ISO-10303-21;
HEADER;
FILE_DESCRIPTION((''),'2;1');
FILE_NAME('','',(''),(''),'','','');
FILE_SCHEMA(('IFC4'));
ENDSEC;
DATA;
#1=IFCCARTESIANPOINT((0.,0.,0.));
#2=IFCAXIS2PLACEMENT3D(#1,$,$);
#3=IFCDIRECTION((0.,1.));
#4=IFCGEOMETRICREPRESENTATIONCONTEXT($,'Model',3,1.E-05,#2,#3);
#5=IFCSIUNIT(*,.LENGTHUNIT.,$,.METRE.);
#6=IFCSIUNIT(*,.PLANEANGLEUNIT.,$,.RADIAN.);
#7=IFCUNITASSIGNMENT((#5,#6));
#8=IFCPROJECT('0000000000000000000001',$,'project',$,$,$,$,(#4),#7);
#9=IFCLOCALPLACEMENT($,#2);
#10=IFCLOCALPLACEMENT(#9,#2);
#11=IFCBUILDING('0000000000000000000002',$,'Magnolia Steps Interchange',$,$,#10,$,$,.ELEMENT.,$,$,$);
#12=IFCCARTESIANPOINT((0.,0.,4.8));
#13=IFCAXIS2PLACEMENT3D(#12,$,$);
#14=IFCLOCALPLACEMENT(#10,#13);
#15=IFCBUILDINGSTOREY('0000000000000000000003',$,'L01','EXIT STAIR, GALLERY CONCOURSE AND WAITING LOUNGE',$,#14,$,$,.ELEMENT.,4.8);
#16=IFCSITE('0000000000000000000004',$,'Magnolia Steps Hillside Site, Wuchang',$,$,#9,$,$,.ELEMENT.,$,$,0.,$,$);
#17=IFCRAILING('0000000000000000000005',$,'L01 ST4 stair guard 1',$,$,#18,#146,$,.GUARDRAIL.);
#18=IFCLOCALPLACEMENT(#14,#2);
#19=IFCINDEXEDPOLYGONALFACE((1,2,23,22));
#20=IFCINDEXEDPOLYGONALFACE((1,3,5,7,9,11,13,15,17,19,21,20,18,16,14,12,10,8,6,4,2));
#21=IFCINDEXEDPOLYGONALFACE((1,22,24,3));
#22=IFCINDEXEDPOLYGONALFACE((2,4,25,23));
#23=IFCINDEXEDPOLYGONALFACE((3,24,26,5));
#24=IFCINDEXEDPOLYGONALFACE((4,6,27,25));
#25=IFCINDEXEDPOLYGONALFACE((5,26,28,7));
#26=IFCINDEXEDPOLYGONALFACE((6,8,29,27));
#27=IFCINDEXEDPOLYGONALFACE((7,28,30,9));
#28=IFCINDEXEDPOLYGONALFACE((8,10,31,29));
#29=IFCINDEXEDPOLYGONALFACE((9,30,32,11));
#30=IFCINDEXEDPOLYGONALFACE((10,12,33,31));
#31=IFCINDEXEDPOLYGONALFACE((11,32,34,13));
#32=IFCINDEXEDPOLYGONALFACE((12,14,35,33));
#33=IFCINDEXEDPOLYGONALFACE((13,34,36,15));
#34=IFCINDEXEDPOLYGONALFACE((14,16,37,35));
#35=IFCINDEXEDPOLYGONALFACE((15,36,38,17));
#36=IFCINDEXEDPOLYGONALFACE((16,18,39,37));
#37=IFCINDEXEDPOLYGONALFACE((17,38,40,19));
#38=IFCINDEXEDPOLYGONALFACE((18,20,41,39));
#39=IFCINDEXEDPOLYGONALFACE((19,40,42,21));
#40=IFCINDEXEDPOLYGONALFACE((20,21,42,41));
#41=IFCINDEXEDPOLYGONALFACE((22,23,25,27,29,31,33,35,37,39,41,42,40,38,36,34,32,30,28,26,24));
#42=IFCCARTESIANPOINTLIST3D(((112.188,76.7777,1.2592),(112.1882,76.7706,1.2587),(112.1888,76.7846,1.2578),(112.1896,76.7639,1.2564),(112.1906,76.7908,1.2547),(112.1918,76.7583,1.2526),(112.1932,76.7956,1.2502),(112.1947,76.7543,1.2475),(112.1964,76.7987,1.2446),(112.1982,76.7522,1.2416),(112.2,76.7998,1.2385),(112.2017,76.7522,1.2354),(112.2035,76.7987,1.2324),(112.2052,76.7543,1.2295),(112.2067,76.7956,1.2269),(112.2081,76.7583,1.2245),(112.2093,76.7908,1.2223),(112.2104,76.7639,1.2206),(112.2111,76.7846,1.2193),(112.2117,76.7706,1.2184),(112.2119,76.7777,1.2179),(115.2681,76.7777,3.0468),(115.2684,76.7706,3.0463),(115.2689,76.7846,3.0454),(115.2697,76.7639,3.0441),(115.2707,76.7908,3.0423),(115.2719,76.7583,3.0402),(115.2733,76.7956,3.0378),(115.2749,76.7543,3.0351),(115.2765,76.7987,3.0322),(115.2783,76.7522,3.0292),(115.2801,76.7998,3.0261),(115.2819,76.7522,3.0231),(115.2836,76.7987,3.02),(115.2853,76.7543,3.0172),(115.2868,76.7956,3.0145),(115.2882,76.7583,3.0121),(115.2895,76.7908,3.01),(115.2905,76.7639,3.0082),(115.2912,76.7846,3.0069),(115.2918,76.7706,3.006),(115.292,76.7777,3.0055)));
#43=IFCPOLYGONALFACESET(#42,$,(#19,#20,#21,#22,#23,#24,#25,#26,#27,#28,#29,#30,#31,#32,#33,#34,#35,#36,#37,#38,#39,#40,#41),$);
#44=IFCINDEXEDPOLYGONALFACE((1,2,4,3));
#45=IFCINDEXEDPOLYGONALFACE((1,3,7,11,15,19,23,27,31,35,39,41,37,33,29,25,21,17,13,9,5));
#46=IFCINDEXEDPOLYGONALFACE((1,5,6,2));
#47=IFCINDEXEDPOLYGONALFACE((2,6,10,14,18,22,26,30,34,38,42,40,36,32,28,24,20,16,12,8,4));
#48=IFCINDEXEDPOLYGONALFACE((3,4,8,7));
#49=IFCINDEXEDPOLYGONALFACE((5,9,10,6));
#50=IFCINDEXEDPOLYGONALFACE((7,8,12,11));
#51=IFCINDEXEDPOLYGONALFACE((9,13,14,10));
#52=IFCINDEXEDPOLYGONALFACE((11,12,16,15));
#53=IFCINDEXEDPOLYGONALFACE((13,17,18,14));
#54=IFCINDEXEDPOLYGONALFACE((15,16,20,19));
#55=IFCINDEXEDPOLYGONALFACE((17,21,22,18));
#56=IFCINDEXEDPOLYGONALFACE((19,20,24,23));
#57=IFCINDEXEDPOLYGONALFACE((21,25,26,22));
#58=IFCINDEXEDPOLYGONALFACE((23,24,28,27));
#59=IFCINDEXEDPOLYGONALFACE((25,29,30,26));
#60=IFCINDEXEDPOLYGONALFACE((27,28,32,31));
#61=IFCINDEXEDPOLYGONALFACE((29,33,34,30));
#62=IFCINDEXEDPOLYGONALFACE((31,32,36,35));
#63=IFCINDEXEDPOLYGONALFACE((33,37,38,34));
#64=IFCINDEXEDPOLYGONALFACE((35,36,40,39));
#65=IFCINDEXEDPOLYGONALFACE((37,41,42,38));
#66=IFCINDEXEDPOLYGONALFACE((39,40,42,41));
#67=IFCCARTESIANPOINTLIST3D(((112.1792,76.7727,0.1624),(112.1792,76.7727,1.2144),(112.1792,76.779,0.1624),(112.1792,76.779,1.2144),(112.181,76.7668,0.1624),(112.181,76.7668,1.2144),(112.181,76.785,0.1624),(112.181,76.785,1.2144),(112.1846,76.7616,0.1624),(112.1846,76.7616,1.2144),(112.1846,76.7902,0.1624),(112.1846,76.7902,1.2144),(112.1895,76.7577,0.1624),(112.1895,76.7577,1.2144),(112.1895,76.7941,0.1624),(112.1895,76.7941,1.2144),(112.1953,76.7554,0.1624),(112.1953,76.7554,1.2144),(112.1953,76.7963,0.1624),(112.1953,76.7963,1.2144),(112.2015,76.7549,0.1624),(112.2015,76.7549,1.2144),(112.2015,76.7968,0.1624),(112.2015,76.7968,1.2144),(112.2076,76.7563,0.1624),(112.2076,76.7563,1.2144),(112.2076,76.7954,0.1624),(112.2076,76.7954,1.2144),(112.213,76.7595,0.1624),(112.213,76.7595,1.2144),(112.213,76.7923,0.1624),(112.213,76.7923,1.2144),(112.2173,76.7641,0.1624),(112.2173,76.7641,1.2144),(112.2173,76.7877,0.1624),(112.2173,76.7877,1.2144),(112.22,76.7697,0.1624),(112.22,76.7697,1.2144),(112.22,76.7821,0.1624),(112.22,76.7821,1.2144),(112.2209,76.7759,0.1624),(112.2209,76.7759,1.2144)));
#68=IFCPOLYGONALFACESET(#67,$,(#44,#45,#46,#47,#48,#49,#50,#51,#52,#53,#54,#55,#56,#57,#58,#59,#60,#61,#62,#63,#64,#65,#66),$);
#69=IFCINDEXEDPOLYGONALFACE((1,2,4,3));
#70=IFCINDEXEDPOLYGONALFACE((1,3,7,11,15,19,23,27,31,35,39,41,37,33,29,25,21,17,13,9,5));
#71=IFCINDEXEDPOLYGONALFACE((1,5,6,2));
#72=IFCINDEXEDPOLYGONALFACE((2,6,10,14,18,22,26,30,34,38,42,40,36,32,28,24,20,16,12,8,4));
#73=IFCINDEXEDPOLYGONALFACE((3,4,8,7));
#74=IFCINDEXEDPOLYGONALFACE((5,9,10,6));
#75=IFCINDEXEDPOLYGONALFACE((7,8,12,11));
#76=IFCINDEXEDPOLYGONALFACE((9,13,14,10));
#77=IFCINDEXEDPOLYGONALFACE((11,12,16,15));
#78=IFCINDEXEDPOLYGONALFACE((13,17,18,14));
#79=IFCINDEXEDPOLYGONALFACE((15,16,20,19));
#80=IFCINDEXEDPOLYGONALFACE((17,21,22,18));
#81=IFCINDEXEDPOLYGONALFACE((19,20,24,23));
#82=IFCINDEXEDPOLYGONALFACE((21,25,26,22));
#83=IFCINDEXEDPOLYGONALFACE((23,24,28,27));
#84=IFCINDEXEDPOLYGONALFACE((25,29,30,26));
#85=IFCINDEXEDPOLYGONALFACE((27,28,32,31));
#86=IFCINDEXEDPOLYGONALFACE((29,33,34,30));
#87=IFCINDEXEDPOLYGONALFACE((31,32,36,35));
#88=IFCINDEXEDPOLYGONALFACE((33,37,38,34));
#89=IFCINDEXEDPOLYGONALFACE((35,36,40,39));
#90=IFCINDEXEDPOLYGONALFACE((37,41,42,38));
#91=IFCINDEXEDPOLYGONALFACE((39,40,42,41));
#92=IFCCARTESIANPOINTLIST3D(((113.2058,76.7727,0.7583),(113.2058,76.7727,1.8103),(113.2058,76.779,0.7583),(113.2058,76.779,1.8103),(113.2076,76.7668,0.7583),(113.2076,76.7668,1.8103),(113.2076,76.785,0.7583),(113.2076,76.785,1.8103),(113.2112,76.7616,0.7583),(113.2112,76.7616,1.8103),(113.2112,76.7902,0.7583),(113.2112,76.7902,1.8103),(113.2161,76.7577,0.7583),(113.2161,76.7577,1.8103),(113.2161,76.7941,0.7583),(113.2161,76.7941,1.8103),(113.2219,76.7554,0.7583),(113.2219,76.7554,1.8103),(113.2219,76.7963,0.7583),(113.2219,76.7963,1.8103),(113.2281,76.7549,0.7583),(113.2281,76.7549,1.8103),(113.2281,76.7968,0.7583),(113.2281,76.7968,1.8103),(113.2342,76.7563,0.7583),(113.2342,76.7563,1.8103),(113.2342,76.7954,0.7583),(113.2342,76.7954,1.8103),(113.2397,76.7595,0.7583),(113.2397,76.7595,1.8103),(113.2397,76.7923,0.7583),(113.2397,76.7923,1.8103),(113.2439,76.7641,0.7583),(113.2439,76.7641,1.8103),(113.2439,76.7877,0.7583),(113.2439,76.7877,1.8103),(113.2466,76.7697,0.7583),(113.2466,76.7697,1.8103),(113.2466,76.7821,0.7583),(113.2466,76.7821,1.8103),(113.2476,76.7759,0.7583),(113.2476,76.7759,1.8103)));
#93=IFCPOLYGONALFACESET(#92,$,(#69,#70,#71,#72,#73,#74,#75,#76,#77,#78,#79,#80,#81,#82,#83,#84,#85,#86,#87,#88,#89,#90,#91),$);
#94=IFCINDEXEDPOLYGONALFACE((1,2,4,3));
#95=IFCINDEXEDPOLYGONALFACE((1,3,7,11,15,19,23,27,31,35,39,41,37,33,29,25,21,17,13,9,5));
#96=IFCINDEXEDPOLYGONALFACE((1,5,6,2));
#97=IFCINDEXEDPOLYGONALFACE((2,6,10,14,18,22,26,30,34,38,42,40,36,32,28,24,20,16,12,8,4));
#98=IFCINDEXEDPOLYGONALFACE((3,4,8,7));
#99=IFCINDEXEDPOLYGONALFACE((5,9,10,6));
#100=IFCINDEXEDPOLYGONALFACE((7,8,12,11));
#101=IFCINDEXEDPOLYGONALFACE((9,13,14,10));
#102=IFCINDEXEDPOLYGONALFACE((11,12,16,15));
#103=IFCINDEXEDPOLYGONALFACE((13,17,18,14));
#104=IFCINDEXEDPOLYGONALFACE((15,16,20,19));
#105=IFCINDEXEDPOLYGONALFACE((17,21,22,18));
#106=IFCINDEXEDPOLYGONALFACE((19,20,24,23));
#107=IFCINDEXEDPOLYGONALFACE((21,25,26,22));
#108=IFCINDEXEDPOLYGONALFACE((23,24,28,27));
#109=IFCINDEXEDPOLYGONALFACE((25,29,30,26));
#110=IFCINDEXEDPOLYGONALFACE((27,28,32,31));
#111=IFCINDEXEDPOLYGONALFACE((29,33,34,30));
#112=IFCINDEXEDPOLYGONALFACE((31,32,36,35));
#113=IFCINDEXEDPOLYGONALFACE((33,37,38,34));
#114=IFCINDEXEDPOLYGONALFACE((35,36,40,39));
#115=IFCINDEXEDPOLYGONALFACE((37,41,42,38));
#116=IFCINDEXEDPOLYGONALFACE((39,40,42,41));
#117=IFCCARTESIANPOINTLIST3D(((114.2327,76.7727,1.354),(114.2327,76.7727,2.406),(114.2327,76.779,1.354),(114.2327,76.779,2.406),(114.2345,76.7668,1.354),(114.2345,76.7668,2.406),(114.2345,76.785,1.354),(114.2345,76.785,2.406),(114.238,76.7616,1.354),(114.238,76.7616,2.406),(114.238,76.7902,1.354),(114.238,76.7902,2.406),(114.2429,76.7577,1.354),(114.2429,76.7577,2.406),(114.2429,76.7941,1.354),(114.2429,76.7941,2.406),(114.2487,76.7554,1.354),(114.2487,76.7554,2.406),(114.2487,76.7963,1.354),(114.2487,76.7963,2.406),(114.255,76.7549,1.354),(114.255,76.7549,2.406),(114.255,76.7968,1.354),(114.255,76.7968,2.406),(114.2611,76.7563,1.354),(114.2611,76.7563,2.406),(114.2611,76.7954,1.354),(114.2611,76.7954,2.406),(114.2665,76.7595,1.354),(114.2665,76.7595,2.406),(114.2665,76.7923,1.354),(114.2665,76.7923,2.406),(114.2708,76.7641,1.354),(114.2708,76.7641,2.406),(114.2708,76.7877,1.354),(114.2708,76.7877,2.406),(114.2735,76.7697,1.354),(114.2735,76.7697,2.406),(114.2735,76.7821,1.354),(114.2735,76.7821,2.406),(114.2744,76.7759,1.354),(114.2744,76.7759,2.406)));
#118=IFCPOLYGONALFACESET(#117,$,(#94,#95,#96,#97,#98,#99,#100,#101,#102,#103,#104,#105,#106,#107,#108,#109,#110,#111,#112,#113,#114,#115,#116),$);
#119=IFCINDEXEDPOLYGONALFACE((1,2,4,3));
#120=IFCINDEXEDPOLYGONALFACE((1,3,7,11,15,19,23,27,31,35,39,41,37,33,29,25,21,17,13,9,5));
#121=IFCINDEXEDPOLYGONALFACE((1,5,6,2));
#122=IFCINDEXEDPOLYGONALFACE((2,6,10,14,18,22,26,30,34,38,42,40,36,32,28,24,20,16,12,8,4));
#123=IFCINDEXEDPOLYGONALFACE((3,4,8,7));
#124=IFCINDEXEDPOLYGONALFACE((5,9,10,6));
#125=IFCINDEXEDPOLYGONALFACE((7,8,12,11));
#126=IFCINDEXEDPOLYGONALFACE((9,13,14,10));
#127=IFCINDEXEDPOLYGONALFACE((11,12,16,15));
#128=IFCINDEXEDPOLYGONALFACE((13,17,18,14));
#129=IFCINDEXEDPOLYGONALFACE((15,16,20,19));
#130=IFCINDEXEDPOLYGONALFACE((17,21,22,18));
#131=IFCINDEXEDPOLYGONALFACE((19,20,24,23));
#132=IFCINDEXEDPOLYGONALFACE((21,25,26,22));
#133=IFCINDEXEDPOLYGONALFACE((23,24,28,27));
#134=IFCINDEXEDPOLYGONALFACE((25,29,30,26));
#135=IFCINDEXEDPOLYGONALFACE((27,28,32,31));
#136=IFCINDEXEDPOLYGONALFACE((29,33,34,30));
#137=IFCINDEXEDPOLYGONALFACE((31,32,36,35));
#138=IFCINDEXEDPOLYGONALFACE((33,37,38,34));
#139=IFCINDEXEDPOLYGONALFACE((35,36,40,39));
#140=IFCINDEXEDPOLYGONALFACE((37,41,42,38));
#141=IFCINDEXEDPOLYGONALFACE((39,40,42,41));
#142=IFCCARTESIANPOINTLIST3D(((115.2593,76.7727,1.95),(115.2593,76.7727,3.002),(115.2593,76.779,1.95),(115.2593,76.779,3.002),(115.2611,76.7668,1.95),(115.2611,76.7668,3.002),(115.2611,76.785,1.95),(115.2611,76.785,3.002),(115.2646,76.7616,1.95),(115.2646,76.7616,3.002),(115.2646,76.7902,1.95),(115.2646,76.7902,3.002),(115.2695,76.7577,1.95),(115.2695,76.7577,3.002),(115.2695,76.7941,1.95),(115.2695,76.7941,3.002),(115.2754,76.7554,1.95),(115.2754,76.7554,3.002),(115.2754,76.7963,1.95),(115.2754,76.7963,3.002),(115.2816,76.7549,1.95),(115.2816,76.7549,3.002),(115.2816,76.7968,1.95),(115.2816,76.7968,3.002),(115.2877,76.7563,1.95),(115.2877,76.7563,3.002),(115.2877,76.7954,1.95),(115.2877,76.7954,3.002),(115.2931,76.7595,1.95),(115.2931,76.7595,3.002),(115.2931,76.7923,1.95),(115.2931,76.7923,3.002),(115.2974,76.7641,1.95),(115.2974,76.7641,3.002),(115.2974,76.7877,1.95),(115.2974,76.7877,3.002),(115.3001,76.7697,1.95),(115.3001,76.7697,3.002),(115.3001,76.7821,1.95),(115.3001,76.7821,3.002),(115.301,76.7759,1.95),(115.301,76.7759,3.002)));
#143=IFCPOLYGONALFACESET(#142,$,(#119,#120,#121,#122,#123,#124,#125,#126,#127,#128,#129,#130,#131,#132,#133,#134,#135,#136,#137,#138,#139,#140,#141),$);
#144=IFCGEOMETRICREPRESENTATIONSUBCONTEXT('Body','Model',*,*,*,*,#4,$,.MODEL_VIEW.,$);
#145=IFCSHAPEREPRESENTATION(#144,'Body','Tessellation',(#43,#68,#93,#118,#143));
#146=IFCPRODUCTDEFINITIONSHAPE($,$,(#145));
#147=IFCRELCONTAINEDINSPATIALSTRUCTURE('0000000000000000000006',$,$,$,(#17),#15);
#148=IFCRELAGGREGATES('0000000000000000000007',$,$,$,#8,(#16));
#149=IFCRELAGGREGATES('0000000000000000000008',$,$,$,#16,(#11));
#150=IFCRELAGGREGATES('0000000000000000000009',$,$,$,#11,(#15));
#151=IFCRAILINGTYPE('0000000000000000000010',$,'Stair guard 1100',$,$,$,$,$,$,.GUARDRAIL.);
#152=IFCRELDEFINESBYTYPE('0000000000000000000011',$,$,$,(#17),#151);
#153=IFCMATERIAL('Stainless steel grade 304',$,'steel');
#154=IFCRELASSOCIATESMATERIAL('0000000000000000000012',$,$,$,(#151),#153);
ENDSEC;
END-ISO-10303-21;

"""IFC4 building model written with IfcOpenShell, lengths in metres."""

from ifc_helpers import new_model, si_unit, direction, frame, origin, origin_2d, place, context, subcontext, project, spatial, circle, extrude, material, type_object, element, save


model = new_model("IFC4")

# Units and contexts
model_context = context("Model", 3, precision=1e-05, world=origin(), true_north=direction((0.0, 1.0)))
body_context = subcontext(model_context, "Body", "Model", "MODEL_VIEW")
ifc_project = project(units=[si_unit("LENGTHUNIT", "METRE"), si_unit("PLANEANGLEUNIT", "RADIAN")], contexts=[model_context])

# Site, building, storey
site_placement = place(None, origin())
site = spatial("IfcSite", under=ifc_project, at=site_placement, Name="Magnolia Steps Hillside Site, Wuchang", CompositionType="ELEMENT", RefElevation=0.0)
building_placement = place(site_placement, origin())
building = spatial("IfcBuilding", under=site, at=building_placement, Name="Magnolia Steps Interchange", CompositionType="ELEMENT")
storey_placement = place(building_placement, frame((0.0, 0.0, 4.8)))
storey = spatial("IfcBuildingStorey", under=building, at=storey_placement, Name="L01", Description="EXIT STAIR, GALLERY CONCOURSE AND WAITING LOUNGE", CompositionType="ELEMENT", Elevation=4.8)

# Railing
ifc_material_1 = material(Name="Stainless steel grade 304", Category="steel")
railing_type_1 = type_object("IfcRailingType", Name="Stair guard 1100", PredefinedType="GUARDRAIL", material=ifc_material_1)
railing_1_placement = place(storey_placement, frame((112.2, 76.7759, 0.1624)))
element("IfcRailing", 1, at=railing_1_placement, inside=storey, type_object=railing_type_1, Name="L01 ST4 stair guard 1", PredefinedType="GUARDRAIL", context=body_context, shape_type="SweptSolid", body=[
    extrude(circle(Radius=0.0239, at=origin_2d()), frame((0.0, 0.0, 1.0762), z_axis=(0.864891, 0.0, 0.50196), x_axis=(0.0, 1.0, 0.0)), (0.0, 0.0, 1.0), 3.5613),
    extrude(circle(Radius=0.021, at=origin_2d()), origin(), (0.0, 0.0, 1.0), 1.052),
    extrude(circle(Radius=0.021, at=origin_2d()), frame((1.0266, 0.0, 0.5959)), (0.0, 0.0, 1.0), 1.052),
    extrude(circle(Radius=0.021, at=origin_2d()), frame((2.0535, 0.0, 1.1917)), (0.0, 0.0, 1.0), 1.052),
    extrude(circle(Radius=0.021, at=origin_2d()), frame((3.0801, 0.0, 1.7876)), (0.0, 0.0, 1.0), 1.052),
])

save(model, "model.ifc")
